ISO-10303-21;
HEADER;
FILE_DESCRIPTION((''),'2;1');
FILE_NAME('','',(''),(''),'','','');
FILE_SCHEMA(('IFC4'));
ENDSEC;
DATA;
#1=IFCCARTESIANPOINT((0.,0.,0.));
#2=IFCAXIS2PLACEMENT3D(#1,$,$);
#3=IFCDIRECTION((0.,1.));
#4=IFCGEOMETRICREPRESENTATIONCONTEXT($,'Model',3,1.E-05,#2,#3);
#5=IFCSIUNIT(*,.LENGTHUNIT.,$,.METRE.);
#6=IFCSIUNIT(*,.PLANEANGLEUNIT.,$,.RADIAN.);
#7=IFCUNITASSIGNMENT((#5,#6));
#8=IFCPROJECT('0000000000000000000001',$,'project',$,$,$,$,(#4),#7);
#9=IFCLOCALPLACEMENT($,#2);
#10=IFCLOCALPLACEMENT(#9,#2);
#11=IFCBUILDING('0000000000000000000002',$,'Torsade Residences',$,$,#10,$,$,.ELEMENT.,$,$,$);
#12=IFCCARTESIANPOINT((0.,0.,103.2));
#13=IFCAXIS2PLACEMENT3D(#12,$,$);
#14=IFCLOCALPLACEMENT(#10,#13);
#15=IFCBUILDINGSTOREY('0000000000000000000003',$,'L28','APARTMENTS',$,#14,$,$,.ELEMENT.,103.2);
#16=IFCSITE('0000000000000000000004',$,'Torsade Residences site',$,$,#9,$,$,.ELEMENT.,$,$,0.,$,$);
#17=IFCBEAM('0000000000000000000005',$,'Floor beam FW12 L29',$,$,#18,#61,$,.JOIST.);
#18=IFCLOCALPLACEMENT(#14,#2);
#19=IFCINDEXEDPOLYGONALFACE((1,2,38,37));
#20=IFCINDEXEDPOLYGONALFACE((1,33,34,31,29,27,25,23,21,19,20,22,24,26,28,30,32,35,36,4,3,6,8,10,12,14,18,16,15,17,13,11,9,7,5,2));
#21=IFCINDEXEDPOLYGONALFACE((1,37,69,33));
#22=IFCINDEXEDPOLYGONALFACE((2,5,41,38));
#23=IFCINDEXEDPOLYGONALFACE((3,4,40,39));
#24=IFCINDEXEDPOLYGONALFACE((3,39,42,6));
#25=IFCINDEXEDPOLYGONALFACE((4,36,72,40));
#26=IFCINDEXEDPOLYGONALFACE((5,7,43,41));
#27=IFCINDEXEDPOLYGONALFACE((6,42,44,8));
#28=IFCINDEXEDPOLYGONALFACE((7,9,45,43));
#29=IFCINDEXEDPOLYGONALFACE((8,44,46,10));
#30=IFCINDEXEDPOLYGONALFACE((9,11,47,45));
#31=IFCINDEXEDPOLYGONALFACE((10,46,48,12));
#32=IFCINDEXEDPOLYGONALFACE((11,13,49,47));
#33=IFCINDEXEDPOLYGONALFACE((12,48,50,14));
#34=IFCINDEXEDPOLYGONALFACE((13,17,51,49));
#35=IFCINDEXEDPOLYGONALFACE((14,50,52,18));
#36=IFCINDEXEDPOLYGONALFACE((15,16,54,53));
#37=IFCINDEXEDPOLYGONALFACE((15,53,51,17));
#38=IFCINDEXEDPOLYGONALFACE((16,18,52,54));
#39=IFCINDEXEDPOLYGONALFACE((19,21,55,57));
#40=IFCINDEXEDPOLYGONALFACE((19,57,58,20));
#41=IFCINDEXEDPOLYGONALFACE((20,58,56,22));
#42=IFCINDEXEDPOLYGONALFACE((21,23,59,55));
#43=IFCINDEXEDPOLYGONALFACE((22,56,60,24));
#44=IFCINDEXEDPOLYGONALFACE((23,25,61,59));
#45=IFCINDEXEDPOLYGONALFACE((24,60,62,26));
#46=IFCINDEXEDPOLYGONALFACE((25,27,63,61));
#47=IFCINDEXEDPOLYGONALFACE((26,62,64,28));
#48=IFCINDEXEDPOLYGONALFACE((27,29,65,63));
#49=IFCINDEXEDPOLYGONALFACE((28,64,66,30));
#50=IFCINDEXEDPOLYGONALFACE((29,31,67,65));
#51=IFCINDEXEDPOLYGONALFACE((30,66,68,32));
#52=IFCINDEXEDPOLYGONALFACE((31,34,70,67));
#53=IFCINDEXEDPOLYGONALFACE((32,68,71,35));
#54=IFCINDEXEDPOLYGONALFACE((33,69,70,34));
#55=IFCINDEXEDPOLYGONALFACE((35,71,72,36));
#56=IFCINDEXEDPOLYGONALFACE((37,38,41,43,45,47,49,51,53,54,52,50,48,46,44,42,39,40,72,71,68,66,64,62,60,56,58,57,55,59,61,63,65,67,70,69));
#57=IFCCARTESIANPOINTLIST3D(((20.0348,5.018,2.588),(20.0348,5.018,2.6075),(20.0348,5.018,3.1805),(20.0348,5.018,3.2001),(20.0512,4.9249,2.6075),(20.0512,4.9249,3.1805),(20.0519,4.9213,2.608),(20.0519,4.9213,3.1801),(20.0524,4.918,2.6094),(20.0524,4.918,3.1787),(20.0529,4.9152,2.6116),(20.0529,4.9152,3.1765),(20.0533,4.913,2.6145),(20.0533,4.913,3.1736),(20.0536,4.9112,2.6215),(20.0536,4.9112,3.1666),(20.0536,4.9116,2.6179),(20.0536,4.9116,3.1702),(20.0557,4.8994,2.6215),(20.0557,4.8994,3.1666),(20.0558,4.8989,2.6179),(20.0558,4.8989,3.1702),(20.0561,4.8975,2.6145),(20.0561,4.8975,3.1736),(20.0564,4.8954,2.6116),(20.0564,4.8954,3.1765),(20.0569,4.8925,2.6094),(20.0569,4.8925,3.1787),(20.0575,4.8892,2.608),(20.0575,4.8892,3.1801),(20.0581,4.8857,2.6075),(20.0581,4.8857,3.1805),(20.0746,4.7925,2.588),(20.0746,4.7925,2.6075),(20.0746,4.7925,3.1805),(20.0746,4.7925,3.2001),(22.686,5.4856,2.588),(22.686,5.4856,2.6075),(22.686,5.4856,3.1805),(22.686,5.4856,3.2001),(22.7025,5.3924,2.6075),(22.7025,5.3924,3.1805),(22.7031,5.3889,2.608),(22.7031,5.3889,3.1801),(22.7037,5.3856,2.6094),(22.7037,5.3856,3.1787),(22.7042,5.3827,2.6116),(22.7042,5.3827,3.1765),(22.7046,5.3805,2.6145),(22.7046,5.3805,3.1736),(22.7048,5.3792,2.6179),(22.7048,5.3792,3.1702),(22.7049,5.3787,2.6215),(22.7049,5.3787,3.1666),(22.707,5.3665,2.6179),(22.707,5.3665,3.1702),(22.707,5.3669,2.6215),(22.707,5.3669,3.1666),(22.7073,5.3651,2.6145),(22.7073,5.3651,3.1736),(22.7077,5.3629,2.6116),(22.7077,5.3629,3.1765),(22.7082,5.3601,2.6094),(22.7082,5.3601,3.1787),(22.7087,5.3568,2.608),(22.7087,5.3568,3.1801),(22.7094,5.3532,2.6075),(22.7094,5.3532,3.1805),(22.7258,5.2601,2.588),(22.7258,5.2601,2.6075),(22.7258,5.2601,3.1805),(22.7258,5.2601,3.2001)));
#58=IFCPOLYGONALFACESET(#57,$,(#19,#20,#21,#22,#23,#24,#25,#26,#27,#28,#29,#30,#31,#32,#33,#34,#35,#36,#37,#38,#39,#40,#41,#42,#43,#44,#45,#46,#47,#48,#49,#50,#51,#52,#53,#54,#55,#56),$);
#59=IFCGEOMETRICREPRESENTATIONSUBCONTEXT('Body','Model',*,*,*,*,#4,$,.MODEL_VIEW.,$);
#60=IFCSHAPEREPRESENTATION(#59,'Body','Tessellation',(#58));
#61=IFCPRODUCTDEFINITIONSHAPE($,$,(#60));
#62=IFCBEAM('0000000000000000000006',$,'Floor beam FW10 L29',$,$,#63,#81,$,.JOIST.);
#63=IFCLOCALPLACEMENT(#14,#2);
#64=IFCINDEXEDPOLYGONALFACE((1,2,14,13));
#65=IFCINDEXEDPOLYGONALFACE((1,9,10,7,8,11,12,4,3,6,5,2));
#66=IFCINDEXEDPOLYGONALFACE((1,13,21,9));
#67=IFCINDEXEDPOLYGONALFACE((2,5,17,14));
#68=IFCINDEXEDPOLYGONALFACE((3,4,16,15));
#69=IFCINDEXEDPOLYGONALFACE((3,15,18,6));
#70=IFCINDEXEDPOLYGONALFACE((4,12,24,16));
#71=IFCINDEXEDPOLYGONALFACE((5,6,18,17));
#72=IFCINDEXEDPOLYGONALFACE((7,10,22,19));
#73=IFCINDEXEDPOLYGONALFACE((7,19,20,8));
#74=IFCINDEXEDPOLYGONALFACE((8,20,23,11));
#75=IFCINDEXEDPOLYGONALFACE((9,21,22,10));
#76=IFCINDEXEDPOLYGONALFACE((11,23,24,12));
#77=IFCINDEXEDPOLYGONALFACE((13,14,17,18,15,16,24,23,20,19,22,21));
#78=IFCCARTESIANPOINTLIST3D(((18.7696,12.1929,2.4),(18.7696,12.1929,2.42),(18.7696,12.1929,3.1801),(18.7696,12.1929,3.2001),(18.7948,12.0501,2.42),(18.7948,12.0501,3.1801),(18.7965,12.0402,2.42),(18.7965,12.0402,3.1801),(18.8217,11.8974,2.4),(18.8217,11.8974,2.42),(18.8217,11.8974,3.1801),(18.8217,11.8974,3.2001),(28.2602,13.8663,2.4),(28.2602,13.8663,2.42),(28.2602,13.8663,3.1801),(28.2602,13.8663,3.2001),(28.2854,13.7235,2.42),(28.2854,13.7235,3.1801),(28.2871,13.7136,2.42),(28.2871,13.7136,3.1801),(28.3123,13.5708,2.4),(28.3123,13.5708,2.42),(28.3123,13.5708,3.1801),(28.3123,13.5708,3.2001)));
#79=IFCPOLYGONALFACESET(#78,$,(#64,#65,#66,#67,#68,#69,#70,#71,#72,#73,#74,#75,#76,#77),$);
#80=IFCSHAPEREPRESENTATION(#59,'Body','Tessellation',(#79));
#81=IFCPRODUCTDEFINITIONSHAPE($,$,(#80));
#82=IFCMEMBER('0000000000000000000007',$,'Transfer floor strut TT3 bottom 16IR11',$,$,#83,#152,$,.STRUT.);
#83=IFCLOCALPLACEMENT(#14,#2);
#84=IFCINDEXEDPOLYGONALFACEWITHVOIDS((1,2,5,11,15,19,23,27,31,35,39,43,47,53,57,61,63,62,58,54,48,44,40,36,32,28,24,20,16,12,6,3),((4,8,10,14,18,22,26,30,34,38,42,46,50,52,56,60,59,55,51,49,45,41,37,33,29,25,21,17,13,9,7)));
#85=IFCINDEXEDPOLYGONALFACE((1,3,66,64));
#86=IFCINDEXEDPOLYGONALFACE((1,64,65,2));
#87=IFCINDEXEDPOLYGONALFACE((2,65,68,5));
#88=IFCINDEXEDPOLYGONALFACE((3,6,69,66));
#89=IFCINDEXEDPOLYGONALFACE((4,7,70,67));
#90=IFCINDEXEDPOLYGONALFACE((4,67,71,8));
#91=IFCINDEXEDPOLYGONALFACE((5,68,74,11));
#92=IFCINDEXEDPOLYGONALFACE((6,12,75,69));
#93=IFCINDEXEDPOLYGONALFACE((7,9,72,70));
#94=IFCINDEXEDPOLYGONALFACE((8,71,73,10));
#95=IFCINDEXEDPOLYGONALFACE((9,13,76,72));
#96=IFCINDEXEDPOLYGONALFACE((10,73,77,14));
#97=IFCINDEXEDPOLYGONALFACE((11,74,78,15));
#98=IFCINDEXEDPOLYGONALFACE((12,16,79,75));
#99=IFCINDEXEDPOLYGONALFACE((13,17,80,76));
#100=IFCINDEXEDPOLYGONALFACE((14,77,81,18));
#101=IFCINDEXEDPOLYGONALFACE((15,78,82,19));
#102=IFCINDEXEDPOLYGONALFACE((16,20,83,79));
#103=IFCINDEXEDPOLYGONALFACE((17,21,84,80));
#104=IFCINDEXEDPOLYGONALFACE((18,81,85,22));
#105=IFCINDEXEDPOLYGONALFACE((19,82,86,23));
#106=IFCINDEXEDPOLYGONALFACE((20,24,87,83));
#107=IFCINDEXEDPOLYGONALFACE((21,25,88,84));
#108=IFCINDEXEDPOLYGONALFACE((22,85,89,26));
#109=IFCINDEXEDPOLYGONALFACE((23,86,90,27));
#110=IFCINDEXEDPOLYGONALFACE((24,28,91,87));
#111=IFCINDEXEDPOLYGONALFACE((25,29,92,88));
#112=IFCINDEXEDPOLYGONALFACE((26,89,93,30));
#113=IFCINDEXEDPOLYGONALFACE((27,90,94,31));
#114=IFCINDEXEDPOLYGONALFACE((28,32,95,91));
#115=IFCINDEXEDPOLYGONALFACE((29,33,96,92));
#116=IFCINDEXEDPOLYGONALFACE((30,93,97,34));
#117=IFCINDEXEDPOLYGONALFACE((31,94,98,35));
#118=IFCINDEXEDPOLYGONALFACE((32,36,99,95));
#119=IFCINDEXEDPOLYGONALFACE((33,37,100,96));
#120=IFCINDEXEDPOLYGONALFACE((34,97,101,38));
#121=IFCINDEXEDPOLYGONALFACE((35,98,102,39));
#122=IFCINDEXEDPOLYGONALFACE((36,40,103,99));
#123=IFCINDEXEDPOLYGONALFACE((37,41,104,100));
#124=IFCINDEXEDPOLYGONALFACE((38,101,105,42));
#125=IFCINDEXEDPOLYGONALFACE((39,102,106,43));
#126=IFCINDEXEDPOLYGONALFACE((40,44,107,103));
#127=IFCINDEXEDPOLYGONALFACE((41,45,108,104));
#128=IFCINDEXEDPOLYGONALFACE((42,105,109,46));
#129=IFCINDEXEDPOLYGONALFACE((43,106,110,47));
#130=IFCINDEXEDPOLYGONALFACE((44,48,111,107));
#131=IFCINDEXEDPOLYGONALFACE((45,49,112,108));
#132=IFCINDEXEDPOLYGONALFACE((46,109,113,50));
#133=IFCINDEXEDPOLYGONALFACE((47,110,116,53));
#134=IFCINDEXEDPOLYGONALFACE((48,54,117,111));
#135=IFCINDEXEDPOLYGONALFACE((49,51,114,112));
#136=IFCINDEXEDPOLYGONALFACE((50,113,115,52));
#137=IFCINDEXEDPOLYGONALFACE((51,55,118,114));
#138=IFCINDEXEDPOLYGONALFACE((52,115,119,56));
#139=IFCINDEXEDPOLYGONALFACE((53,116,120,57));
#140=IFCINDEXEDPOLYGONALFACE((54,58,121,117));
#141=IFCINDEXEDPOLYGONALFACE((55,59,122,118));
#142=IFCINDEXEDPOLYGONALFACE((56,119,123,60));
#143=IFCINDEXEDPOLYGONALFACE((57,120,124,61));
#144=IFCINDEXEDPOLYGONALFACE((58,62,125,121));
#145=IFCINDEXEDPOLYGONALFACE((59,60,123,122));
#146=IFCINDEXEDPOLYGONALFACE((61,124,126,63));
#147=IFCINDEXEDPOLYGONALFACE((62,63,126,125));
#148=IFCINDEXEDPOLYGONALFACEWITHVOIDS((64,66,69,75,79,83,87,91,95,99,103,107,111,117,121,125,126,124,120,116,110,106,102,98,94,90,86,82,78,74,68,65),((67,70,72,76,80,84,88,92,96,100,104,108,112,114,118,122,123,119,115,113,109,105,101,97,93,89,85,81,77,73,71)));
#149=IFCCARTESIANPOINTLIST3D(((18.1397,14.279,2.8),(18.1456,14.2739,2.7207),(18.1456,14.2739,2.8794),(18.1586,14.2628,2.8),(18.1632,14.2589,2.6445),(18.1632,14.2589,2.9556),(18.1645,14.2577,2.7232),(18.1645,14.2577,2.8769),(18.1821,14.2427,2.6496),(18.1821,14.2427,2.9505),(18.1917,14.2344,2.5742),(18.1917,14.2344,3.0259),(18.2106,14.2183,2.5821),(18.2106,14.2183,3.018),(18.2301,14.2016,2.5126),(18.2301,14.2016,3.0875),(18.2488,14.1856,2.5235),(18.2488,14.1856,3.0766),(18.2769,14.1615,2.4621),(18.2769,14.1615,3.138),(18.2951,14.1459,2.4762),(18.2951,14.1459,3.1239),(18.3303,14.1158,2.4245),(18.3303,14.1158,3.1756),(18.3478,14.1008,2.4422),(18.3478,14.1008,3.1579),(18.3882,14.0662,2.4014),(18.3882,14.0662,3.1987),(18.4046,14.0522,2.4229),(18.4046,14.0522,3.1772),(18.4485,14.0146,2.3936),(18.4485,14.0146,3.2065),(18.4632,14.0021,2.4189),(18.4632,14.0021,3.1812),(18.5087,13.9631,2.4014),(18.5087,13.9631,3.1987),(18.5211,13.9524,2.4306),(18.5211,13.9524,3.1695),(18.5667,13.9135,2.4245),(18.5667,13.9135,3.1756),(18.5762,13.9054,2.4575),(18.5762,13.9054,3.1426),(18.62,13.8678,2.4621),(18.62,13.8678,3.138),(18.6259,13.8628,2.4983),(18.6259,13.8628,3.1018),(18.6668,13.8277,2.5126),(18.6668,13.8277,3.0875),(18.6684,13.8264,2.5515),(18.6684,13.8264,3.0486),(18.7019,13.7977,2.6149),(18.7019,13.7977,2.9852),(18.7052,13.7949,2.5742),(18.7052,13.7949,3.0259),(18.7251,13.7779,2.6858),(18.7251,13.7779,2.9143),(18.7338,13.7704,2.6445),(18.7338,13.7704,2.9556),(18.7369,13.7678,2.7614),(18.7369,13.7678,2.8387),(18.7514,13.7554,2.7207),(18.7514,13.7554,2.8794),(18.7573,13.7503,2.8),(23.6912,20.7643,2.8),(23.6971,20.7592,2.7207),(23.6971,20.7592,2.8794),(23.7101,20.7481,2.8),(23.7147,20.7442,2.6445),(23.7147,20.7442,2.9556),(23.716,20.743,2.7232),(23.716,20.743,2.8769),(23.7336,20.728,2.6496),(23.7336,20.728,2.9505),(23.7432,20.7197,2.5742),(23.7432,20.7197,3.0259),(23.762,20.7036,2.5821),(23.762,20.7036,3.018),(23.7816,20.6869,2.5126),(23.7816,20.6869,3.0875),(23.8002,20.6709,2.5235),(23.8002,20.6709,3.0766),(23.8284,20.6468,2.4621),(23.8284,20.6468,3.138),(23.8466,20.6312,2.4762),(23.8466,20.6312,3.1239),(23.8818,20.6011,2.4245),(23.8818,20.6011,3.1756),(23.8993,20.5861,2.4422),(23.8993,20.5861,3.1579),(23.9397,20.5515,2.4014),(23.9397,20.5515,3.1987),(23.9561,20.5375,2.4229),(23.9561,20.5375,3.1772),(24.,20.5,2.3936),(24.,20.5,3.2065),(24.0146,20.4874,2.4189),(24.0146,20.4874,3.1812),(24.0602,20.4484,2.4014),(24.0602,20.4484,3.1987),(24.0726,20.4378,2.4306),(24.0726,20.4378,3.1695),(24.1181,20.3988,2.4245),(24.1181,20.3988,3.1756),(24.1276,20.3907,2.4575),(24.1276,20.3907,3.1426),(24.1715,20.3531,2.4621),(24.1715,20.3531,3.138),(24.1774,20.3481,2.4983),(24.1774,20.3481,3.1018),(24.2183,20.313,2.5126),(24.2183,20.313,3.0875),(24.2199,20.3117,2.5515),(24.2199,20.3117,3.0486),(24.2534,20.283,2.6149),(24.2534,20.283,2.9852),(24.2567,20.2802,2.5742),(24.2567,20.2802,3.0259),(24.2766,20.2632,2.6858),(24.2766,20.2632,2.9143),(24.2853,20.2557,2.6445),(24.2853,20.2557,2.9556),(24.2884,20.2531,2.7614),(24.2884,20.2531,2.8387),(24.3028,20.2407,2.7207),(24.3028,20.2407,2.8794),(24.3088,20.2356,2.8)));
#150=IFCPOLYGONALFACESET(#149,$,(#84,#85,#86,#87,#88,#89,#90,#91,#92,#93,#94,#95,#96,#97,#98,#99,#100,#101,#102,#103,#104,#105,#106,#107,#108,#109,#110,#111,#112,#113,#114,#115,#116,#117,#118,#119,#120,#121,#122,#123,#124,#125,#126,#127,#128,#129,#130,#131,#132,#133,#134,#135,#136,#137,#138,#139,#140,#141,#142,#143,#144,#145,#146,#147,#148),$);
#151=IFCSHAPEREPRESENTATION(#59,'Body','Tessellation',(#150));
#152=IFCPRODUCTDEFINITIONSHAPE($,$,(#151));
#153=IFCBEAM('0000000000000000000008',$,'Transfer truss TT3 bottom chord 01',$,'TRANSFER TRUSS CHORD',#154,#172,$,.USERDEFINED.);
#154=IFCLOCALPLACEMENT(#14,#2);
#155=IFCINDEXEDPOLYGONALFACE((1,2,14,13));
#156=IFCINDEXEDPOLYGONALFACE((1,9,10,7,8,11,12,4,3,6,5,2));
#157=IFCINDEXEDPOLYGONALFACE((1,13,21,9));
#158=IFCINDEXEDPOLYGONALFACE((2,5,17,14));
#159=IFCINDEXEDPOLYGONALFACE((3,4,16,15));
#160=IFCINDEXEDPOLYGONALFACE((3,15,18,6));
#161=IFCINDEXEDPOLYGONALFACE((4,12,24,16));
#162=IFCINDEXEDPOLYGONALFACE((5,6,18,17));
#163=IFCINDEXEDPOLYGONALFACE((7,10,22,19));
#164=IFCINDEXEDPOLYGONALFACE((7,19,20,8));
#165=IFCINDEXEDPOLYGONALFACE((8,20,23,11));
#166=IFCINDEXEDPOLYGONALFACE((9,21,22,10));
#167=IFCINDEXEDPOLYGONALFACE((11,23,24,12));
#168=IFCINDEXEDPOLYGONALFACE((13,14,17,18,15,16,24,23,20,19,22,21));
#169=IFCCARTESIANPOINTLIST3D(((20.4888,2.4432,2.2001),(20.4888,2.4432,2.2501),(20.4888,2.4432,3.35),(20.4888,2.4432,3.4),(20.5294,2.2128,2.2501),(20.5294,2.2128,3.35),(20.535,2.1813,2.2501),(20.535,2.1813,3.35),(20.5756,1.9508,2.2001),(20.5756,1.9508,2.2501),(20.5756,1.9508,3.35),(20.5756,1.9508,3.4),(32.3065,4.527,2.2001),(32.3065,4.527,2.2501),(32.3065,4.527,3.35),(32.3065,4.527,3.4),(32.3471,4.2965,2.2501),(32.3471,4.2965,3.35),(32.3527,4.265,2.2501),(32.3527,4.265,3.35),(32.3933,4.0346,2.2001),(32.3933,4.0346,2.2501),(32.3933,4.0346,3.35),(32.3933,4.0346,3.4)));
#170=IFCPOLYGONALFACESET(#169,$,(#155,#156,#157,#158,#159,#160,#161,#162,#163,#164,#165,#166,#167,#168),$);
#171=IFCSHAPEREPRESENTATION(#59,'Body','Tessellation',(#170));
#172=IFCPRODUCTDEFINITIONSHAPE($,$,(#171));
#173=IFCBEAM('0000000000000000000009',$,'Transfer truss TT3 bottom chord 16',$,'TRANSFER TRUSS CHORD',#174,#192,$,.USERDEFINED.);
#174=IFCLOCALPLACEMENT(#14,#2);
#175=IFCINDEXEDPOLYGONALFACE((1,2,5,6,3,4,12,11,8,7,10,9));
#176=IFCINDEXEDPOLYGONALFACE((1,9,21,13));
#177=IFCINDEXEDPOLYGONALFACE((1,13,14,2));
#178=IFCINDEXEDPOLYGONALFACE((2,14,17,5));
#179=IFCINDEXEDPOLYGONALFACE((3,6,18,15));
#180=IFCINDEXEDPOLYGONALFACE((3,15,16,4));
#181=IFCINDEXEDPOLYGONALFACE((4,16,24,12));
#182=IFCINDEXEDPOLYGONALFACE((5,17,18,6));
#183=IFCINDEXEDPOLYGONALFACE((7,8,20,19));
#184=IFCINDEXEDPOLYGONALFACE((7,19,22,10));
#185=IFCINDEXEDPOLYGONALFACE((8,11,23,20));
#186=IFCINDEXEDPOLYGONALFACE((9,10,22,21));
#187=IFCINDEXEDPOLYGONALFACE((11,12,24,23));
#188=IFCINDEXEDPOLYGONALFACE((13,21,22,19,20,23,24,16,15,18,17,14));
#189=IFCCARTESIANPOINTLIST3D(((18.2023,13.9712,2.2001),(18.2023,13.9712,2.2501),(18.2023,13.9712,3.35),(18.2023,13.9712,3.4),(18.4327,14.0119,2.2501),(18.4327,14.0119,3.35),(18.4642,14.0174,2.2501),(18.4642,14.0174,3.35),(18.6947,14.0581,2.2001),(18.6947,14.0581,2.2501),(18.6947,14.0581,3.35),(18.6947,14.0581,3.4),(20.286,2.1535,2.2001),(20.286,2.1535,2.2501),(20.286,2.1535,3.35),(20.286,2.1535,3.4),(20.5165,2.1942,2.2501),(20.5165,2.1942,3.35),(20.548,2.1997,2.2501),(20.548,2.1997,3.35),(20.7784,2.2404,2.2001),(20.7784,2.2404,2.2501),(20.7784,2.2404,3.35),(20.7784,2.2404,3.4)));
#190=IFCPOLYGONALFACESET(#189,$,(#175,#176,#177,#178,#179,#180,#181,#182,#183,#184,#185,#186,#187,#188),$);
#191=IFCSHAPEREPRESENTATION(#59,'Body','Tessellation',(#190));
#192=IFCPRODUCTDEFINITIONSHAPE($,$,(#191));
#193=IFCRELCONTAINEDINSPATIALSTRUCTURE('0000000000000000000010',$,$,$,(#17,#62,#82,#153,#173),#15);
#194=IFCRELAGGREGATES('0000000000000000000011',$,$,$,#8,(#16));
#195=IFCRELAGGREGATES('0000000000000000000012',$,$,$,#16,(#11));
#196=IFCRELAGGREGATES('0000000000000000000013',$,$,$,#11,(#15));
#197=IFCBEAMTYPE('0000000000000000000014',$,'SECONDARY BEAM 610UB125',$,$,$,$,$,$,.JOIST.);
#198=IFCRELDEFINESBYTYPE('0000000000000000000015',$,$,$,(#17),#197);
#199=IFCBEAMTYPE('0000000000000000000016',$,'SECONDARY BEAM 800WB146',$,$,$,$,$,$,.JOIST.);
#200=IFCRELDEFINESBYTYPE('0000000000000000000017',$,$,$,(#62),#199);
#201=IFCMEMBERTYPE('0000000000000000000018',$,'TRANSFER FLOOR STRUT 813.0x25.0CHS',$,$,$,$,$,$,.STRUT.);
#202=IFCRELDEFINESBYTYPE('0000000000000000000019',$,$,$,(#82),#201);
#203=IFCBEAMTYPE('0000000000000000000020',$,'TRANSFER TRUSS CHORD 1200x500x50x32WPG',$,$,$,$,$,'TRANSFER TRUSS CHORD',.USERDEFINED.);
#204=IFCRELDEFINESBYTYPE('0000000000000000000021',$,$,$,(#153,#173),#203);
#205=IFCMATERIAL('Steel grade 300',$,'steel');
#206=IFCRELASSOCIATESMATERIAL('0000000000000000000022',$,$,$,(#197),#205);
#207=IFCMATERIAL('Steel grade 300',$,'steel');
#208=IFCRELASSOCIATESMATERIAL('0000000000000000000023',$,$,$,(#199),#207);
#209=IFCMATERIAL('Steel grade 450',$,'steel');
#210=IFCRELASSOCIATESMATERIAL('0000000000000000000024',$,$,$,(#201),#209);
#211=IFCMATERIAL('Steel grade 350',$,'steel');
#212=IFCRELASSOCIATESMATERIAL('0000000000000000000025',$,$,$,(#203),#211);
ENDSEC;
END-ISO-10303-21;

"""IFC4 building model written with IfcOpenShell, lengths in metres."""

from ifc_helpers import new_model, si_unit, direction, frame, origin, origin_2d, place, context, subcontext, project, spatial, hollow_circle, i_section, extrude, material, material_profile, profile_set, type_object, element, save


model = new_model("IFC4")

# Units and contexts
model_context = context("Model", 3, precision=1e-05, world=origin(), true_north=direction((0.0, 1.0)))
body_context = subcontext(model_context, "Body", "Model", "MODEL_VIEW")
ifc_project = project(units=[si_unit("LENGTHUNIT", "METRE"), si_unit("PLANEANGLEUNIT", "RADIAN")], contexts=[model_context])

# Site, building, storey
site_placement = place(None, origin())
site = spatial("IfcSite", under=ifc_project, at=site_placement, Name="Torsade Residences site", CompositionType="ELEMENT", RefElevation=0.0)
building_placement = place(site_placement, origin())
building = spatial("IfcBuilding", under=site, at=building_placement, Name="Torsade Residences", CompositionType="ELEMENT")
storey_placement = place(building_placement, frame((0.0, 0.0, 103.2)))
storey = spatial("IfcBuildingStorey", under=building, at=storey_placement, Name="L28", Description="APARTMENTS", CompositionType="ELEMENT", Elevation=103.2)

# Beams
ifc_material_1 = material(Name="Steel grade 300", Category="steel")
ifc_material_profile_1 = material_profile(ifc_material_1, i_section(OverallWidth=0.229, OverallDepth=0.6121, WebThickness=0.012, FlangeThickness=0.0195, FilletRadius=0.0139, at=origin_2d()), Name="610UB125")
ifc_profile_set_1 = profile_set([ifc_material_profile_1], Name="Steel grade 300")
beam_type_1 = type_object("IfcBeamType", Name="SECONDARY BEAM 610UB125", PredefinedType="JOIST", material=ifc_profile_set_1)
beam_1_placement = place(storey_placement, frame((20.0547, 4.9053, 2.894), z_axis=(0.984804, 0.173672, 0.0), x_axis=(-0.173672, 0.984804, 0.0)))
element("IfcBeam", 1, at=beam_1_placement, inside=storey, type_object=beam_type_1, Name="Floor beam FW12 L29", PredefinedType="JOIST", context=body_context, shape_type="SweptSolid", body=[
    extrude(i_section(OverallWidth=0.229, OverallDepth=0.6121, WebThickness=0.012, FlangeThickness=0.0195, FilletRadius=0.0139, at=origin_2d()), origin(), (0.0, 0.0, 1.0), 2.6921),
])
ifc_material_2 = material(Name="Steel grade 300", Category="steel")
ifc_material_profile_2 = material_profile(ifc_material_2, i_section(OverallWidth=0.3, OverallDepth=0.8, WebThickness=0.01, FlangeThickness=0.02, at=origin_2d()), Name="800WB146")
ifc_profile_set_2 = profile_set([ifc_material_profile_2], Name="Steel grade 300")
beam_type_2 = type_object("IfcBeamType", Name="SECONDARY BEAM 800WB146", PredefinedType="JOIST", material=ifc_profile_set_2)
beam_2_placement = place(storey_placement, frame((18.7957, 12.0452, 2.8), z_axis=(0.984809, 0.173639, 0.0), x_axis=(-0.173639, 0.984809, 0.0)))
element("IfcBeam", 2, at=beam_2_placement, inside=storey, type_object=beam_type_2, Name="Floor beam FW10 L29", PredefinedType="JOIST", context=body_context, shape_type="SweptSolid", body=[
    extrude(i_section(OverallWidth=0.3, OverallDepth=0.8, WebThickness=0.01, FlangeThickness=0.02, at=origin_2d()), origin(), (0.0, 0.0, 1.0), 9.637),
])

# Member
ifc_material_3 = material(Name="Steel grade 450", Category="steel")
ifc_material_profile_3 = material_profile(ifc_material_3, hollow_circle(Radius=0.4065, WallThickness=0.0249, at=origin_2d()), Name="813.0x25.0CHS")
ifc_profile_set_3 = profile_set([ifc_material_profile_3], Name="Steel grade 450")
member_type_1 = type_object("IfcMemberType", Name="TRANSFER FLOOR STRUT 813.0x25.0CHS", PredefinedType="STRUT", material=ifc_profile_set_3)
member_1_placement = place(storey_placement, frame((18.4485, 14.0146, 2.8), z_axis=(0.650294, 0.759682, 0.0), x_axis=(-0.759682, 0.650294, 0.0)))
element("IfcMember", 3, at=member_1_placement, inside=storey, type_object=member_type_1, Name="Transfer floor strut TT3 bottom 16IR11", PredefinedType="STRUT", context=body_context, shape_type="SweptSolid", body=[
    extrude(hollow_circle(Radius=0.4065, WallThickness=0.0249, at=origin_2d()), origin(), (0.0, 0.0, 1.0), 8.5369),
])

# Beams
ifc_material_4 = material(Name="Steel grade 350", Category="steel")
ifc_material_profile_4 = material_profile(ifc_material_4, i_section(OverallWidth=0.5, OverallDepth=1.2, WebThickness=0.032, FlangeThickness=0.05, at=origin_2d()), Name="1200x500x50x32WPG")
ifc_profile_set_4 = profile_set([ifc_material_profile_4], Name="Steel grade 350")
beam_type_3 = type_object("IfcBeamType", Name="TRANSFER TRUSS CHORD 1200x500x50x32WPG", ElementType="TRANSFER TRUSS CHORD", PredefinedType="USERDEFINED", material=ifc_profile_set_4)
for number, where, z_axis, x_axis, name in (
    (4, (20.5322, 2.197, 2.8), (0.984808, 0.173646, 0.0), (-0.173646, 0.984808, 0.0), "Transfer truss TT3 bottom chord 01"),
    (5, (18.4485, 14.0146, 2.8), (0.173646, -0.984808, 0.0), (0.984808, 0.173646, 0.0), "Transfer truss TT3 bottom chord 16"),
):
    element("IfcBeam", number, at=place(storey_placement, frame(where, z_axis=z_axis, x_axis=x_axis)), inside=storey, type_object=beam_type_3, Name=name, ObjectType="TRANSFER TRUSS CHORD", PredefinedType="USERDEFINED", context=body_context, shape_type="SweptSolid", body=[
        extrude(i_section(OverallWidth=0.5, OverallDepth=1.2, WebThickness=0.032, FlangeThickness=0.05, at=origin_2d()), origin(), (0.0, 0.0, 1.0), 12.0),
    ])

save(model, "model.ifc")
